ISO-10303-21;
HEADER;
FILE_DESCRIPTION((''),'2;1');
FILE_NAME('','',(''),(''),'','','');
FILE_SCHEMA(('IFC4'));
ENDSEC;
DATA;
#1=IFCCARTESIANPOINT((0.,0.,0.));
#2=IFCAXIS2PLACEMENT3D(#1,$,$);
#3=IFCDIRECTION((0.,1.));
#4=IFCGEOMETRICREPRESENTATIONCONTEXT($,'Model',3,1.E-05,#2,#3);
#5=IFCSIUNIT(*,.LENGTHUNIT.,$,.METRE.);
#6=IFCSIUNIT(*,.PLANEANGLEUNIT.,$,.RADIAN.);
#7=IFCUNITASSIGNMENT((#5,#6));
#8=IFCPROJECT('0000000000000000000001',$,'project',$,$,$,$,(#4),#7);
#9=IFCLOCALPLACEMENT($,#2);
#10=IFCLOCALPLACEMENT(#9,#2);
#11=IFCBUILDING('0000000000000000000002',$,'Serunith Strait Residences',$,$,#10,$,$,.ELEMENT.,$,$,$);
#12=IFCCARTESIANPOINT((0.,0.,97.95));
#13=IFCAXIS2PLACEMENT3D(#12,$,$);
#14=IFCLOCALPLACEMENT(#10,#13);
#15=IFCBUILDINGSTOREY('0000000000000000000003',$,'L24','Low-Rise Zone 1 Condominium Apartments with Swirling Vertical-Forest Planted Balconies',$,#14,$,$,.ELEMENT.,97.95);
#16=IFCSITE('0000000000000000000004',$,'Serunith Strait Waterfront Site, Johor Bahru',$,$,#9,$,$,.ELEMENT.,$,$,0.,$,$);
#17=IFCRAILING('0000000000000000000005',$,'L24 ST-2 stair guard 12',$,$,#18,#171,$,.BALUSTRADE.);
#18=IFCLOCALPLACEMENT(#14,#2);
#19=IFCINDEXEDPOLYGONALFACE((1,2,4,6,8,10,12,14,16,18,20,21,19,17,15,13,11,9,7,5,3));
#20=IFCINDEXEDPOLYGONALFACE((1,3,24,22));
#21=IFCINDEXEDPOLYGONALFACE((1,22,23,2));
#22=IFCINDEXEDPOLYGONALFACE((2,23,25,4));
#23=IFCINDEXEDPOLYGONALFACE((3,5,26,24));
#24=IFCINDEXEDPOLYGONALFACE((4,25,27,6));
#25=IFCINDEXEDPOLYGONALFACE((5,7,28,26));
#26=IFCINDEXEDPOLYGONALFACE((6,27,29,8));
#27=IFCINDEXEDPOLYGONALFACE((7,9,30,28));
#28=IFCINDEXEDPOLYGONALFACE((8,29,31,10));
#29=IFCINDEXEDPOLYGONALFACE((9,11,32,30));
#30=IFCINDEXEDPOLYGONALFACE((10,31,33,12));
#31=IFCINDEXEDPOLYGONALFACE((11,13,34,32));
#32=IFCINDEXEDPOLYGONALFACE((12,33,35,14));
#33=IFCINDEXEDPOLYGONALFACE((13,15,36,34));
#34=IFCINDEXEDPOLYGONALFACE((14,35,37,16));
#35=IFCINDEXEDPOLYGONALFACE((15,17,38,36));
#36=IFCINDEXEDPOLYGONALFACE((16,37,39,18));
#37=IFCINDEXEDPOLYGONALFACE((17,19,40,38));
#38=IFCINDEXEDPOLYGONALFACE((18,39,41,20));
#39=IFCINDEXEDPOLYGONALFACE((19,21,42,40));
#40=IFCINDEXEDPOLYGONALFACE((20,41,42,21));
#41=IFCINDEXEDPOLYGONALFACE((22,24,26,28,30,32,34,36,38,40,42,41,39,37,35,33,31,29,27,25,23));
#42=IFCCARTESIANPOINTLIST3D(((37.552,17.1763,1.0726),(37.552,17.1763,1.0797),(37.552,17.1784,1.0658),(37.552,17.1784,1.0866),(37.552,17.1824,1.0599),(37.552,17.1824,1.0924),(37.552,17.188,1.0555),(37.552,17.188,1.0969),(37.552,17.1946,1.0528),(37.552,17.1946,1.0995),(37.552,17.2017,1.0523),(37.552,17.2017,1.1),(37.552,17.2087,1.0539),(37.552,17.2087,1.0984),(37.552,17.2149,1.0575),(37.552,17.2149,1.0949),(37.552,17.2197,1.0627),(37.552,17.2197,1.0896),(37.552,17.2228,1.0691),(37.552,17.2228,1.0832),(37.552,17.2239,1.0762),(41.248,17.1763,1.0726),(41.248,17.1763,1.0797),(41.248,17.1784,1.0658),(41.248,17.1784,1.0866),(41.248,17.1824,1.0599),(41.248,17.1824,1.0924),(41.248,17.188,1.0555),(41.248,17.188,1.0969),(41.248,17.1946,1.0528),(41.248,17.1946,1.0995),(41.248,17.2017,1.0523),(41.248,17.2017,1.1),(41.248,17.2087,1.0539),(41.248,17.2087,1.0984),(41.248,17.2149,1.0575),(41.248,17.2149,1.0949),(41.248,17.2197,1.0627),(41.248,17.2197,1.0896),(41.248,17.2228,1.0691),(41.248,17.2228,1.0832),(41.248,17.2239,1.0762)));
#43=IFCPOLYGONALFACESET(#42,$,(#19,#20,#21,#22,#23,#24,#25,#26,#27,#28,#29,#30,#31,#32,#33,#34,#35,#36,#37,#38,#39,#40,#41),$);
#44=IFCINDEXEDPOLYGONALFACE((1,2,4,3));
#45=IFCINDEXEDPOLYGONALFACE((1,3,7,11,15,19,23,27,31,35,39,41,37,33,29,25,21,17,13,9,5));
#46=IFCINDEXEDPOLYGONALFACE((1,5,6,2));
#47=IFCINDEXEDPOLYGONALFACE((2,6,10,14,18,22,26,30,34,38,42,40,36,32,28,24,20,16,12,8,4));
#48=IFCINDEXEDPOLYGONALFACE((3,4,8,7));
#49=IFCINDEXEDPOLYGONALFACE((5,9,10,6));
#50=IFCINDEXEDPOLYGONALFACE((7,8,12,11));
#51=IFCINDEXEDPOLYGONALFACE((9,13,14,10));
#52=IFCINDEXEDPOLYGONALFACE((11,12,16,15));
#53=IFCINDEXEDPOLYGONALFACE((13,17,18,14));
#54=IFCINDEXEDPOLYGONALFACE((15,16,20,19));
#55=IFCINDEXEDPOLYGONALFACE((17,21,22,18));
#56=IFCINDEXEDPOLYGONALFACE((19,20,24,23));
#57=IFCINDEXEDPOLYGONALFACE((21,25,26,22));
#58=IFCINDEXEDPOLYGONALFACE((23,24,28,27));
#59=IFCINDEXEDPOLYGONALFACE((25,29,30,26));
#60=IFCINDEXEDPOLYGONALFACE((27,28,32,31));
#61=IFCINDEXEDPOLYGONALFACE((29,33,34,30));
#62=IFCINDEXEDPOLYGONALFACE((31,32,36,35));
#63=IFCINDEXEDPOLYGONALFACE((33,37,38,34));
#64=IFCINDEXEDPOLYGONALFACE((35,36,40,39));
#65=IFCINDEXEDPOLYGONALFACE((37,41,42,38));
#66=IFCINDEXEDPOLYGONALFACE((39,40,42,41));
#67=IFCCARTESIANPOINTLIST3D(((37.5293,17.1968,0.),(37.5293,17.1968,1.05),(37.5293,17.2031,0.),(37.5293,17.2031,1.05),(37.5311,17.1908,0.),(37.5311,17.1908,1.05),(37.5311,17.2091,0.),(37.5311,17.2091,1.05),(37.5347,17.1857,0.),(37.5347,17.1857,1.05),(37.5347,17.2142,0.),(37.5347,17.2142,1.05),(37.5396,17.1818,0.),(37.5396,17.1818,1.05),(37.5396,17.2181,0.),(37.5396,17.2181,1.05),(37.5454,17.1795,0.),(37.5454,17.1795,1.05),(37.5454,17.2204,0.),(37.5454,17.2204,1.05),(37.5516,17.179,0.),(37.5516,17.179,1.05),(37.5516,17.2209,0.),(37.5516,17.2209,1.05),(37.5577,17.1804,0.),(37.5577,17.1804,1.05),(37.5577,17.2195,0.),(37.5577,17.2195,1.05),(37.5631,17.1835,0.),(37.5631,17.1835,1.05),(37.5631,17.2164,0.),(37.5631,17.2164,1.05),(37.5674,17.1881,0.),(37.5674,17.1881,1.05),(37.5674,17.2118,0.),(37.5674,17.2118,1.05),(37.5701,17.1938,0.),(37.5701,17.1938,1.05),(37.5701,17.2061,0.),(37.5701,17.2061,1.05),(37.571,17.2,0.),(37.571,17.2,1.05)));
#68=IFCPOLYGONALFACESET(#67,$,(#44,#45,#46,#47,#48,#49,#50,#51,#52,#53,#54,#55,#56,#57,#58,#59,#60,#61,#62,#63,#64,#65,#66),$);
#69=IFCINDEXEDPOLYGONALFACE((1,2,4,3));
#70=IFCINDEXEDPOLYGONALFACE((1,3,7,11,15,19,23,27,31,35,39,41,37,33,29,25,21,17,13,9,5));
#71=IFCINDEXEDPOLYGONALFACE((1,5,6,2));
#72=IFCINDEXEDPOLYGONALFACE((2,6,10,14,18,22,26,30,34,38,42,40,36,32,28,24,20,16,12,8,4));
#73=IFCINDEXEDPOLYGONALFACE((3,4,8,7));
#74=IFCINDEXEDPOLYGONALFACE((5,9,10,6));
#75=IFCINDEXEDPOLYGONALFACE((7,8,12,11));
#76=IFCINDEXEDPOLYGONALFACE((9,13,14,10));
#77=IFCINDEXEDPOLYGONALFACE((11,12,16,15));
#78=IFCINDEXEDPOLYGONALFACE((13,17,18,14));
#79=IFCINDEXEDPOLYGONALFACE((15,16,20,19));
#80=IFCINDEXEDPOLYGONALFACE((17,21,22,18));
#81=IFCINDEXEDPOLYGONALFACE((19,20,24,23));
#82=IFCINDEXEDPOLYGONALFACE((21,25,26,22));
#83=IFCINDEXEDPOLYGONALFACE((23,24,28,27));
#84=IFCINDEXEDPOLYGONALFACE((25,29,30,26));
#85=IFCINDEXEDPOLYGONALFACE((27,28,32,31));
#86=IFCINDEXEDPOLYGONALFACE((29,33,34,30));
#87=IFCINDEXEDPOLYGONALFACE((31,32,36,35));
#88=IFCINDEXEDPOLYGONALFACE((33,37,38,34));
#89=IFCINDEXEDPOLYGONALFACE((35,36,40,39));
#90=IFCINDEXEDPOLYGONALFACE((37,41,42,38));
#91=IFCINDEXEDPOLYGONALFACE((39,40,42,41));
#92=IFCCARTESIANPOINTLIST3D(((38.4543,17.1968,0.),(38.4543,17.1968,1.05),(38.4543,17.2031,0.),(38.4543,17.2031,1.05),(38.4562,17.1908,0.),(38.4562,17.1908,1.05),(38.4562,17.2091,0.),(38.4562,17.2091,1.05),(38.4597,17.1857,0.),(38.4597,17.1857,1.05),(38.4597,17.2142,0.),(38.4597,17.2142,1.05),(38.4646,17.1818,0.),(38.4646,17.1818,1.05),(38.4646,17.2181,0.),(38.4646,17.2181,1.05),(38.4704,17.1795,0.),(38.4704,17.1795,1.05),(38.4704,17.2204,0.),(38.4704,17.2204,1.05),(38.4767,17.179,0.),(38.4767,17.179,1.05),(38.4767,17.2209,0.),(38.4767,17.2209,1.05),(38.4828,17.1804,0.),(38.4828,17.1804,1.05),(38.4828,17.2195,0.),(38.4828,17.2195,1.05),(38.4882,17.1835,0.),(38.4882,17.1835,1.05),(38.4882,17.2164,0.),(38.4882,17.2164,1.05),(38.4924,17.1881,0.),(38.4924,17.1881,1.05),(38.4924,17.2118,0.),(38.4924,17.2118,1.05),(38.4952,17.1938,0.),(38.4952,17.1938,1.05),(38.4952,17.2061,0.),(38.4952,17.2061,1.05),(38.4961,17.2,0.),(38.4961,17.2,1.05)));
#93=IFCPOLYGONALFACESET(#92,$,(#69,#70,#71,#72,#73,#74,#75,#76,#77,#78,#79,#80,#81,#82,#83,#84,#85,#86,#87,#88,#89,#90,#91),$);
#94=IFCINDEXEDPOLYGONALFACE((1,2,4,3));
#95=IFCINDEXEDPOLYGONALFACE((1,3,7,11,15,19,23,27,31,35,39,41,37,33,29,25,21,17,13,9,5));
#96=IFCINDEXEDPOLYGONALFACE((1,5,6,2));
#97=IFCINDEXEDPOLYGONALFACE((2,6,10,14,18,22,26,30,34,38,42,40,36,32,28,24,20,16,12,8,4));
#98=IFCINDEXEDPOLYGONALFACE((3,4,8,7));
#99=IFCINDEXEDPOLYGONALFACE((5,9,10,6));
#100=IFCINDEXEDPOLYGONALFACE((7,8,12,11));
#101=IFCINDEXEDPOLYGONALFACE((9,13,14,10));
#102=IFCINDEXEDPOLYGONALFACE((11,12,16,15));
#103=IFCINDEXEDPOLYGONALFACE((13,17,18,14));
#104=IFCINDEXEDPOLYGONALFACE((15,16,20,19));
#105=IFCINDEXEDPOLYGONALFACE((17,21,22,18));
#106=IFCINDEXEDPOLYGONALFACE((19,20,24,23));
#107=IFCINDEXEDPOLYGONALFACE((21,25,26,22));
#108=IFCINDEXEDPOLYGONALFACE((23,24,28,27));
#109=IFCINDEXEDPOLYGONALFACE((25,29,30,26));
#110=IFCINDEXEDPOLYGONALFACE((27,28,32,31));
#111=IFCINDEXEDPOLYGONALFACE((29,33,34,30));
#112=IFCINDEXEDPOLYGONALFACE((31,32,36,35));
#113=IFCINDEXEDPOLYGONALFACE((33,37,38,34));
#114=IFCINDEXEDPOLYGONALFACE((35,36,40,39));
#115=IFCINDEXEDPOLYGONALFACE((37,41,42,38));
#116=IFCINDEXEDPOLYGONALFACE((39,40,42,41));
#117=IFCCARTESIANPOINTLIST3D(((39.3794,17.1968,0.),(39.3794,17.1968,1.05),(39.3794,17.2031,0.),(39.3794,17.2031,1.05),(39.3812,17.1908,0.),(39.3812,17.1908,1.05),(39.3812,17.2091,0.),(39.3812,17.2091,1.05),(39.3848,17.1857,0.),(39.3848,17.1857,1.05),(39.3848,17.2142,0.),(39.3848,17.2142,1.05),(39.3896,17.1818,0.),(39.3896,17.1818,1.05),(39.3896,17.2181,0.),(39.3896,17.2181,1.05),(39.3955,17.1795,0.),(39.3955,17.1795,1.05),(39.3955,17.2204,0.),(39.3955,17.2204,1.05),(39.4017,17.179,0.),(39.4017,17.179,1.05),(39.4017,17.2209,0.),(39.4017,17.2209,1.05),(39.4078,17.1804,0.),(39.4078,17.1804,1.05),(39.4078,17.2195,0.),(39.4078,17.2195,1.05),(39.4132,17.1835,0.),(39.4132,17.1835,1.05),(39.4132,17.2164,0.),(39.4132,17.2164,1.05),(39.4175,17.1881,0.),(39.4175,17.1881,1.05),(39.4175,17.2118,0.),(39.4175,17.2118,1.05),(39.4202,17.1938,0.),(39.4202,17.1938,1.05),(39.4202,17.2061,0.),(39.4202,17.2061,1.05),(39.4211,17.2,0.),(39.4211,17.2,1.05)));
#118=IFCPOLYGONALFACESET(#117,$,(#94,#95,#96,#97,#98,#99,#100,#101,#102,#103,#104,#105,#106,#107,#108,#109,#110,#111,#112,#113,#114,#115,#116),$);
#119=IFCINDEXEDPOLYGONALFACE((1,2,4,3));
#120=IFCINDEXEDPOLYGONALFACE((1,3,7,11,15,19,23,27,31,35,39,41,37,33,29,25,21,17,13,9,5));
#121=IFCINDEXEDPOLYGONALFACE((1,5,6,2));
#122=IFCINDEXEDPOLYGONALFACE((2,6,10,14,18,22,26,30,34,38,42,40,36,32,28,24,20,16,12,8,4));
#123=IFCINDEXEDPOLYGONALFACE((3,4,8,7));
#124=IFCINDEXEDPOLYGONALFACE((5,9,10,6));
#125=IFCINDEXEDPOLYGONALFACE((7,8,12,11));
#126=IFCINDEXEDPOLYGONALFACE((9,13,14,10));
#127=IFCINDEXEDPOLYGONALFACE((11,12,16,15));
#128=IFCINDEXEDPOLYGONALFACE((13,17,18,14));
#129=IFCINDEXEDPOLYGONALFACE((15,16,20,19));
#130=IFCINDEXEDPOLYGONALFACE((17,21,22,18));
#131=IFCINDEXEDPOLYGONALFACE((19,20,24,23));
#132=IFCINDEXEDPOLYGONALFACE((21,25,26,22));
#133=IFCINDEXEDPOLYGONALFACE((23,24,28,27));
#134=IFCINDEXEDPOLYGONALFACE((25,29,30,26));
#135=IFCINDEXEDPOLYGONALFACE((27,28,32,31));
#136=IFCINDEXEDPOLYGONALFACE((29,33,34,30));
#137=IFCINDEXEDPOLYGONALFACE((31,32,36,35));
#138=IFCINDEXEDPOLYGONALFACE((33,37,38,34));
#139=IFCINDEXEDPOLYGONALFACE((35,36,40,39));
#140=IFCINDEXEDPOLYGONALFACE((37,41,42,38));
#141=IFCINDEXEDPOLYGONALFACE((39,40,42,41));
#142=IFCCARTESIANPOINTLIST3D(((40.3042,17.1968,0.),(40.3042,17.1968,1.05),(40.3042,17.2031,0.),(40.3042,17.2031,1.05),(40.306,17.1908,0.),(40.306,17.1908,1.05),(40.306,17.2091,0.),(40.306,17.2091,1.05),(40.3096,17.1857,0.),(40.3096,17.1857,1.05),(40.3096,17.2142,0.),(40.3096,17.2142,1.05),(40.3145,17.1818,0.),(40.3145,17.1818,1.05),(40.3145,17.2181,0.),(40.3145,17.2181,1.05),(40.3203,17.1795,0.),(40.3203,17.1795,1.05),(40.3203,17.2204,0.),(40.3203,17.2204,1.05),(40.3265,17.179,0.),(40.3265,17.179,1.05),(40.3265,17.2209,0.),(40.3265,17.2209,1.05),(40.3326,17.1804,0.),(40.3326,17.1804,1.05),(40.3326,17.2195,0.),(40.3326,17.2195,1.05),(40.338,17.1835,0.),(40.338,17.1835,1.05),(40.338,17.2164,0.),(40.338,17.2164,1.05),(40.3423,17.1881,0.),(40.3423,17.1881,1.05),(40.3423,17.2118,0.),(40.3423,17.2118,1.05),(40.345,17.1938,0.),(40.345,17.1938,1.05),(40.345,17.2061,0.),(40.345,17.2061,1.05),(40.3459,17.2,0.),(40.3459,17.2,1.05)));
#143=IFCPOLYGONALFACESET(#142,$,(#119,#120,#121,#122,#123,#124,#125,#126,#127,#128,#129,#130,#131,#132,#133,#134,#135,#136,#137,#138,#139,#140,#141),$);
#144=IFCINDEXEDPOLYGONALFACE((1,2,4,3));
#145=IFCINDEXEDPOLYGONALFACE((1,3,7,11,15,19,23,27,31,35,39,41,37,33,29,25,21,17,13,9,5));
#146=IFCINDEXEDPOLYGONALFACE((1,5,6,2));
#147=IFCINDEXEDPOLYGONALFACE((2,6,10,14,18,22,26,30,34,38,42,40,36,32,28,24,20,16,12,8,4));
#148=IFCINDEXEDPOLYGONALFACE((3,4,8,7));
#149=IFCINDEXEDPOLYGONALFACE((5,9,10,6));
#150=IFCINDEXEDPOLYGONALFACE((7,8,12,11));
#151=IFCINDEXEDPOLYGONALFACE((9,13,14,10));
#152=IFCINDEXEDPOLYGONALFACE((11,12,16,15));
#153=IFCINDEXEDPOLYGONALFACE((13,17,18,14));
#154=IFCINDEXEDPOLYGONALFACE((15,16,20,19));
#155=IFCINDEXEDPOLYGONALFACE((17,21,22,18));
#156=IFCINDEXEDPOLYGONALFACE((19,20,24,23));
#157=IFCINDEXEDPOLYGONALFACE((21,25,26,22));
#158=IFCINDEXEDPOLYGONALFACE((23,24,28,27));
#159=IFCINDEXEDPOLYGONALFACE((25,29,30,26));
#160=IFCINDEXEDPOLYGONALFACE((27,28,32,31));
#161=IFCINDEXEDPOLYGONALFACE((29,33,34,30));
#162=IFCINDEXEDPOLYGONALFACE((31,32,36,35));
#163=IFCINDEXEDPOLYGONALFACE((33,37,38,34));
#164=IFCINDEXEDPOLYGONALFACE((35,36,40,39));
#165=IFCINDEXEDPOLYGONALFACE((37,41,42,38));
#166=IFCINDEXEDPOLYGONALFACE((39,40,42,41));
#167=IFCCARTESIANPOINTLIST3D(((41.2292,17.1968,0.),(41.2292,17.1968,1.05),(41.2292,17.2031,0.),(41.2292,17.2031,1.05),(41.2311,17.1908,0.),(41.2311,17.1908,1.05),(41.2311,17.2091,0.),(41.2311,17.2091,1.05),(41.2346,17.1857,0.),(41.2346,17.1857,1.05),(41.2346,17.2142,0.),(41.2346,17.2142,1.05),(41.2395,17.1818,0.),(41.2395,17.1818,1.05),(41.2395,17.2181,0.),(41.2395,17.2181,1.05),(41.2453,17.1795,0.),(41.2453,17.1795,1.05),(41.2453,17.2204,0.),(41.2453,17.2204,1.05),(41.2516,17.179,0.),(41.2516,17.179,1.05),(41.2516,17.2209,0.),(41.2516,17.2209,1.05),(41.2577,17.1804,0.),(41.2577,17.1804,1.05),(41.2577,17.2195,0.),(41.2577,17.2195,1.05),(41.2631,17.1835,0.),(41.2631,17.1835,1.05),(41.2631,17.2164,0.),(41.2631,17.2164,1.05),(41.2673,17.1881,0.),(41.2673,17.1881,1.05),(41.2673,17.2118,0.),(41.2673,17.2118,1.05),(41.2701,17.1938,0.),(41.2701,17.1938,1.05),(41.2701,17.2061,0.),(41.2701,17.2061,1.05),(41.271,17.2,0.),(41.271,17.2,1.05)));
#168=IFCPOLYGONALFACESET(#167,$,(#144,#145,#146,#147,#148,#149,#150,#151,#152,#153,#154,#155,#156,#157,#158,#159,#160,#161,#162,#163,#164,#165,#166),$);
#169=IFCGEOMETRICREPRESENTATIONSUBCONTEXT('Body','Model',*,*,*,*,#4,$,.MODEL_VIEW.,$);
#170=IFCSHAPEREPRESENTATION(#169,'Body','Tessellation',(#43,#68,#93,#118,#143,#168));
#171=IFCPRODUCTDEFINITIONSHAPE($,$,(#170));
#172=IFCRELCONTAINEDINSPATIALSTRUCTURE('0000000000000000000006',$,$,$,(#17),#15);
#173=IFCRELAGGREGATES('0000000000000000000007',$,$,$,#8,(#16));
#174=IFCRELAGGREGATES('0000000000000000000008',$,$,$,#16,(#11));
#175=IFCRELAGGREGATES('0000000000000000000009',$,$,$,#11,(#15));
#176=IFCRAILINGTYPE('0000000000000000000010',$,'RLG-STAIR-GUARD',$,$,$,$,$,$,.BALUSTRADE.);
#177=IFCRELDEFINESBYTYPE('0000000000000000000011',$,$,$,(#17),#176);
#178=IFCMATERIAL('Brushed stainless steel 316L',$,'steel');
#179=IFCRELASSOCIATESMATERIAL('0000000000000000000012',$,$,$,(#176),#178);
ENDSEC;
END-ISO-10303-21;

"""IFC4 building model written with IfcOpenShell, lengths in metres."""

from ifc_helpers import new_model, si_unit, direction, frame, origin, origin_2d, place, context, subcontext, project, spatial, circle, extrude, material, type_object, element, save


model = new_model("IFC4")

# Units and contexts
model_context = context("Model", 3, precision=1e-05, world=origin(), true_north=direction((0.0, 1.0)))
body_context = subcontext(model_context, "Body", "Model", "MODEL_VIEW")
ifc_project = project(units=[si_unit("LENGTHUNIT", "METRE"), si_unit("PLANEANGLEUNIT", "RADIAN")], contexts=[model_context])

# Site, building, storey
site_placement = place(None, origin())
site = spatial("IfcSite", under=ifc_project, at=site_placement, Name="Serunith Strait Waterfront Site, Johor Bahru", CompositionType="ELEMENT", RefElevation=0.0)
building_placement = place(site_placement, origin())
building = spatial("IfcBuilding", under=site, at=building_placement, Name="Serunith Strait Residences", CompositionType="ELEMENT")
storey_placement = place(building_placement, frame((0.0, 0.0, 97.95)))
storey = spatial("IfcBuildingStorey", under=building, at=storey_placement, Name="L24", Description="Low-Rise Zone 1 Condominium Apartments with Swirling Vertical-Forest Planted Balconies", CompositionType="ELEMENT", Elevation=97.95)

# Railing
ifc_material_1 = material(Name="Brushed stainless steel 316L", Category="steel")
railing_type_1 = type_object("IfcRailingType", Name="RLG-STAIR-GUARD", PredefinedType="BALUSTRADE", material=ifc_material_1)
railing_1_placement = place(storey_placement, frame((37.55, 17.2, 0.0)))
element("IfcRailing", 1, at=railing_1_placement, inside=storey, type_object=railing_type_1, Name="L24 ST-2 stair guard 12", PredefinedType="BALUSTRADE", context=body_context, shape_type="SweptSolid", body=[
    extrude(circle(Radius=0.0239, at=origin_2d()), frame((0.002, 0.0, 1.0762), z_axis=(1.0, 0.0, 0.0), x_axis=(0.0, 1.0, 0.0)), (0.0, 0.0, 1.0), 3.696),
    extrude(circle(Radius=0.021, at=origin_2d()), origin(), (0.0, 0.0, 1.0), 1.05),
    extrude(circle(Radius=0.021, at=origin_2d()), frame((0.925, 0.0, 0.0)), (0.0, 0.0, 1.0), 1.05),
    extrude(circle(Radius=0.021, at=origin_2d()), frame((1.8501, 0.0, 0.0)), (0.0, 0.0, 1.0), 1.05),
    extrude(circle(Radius=0.021, at=origin_2d()), frame((2.7749, 0.0, 0.0)), (0.0, 0.0, 1.0), 1.05),
    extrude(circle(Radius=0.021, at=origin_2d()), frame((3.7, 0.0, 0.0)), (0.0, 0.0, 1.0), 1.05),
])

save(model, "model.ifc")
